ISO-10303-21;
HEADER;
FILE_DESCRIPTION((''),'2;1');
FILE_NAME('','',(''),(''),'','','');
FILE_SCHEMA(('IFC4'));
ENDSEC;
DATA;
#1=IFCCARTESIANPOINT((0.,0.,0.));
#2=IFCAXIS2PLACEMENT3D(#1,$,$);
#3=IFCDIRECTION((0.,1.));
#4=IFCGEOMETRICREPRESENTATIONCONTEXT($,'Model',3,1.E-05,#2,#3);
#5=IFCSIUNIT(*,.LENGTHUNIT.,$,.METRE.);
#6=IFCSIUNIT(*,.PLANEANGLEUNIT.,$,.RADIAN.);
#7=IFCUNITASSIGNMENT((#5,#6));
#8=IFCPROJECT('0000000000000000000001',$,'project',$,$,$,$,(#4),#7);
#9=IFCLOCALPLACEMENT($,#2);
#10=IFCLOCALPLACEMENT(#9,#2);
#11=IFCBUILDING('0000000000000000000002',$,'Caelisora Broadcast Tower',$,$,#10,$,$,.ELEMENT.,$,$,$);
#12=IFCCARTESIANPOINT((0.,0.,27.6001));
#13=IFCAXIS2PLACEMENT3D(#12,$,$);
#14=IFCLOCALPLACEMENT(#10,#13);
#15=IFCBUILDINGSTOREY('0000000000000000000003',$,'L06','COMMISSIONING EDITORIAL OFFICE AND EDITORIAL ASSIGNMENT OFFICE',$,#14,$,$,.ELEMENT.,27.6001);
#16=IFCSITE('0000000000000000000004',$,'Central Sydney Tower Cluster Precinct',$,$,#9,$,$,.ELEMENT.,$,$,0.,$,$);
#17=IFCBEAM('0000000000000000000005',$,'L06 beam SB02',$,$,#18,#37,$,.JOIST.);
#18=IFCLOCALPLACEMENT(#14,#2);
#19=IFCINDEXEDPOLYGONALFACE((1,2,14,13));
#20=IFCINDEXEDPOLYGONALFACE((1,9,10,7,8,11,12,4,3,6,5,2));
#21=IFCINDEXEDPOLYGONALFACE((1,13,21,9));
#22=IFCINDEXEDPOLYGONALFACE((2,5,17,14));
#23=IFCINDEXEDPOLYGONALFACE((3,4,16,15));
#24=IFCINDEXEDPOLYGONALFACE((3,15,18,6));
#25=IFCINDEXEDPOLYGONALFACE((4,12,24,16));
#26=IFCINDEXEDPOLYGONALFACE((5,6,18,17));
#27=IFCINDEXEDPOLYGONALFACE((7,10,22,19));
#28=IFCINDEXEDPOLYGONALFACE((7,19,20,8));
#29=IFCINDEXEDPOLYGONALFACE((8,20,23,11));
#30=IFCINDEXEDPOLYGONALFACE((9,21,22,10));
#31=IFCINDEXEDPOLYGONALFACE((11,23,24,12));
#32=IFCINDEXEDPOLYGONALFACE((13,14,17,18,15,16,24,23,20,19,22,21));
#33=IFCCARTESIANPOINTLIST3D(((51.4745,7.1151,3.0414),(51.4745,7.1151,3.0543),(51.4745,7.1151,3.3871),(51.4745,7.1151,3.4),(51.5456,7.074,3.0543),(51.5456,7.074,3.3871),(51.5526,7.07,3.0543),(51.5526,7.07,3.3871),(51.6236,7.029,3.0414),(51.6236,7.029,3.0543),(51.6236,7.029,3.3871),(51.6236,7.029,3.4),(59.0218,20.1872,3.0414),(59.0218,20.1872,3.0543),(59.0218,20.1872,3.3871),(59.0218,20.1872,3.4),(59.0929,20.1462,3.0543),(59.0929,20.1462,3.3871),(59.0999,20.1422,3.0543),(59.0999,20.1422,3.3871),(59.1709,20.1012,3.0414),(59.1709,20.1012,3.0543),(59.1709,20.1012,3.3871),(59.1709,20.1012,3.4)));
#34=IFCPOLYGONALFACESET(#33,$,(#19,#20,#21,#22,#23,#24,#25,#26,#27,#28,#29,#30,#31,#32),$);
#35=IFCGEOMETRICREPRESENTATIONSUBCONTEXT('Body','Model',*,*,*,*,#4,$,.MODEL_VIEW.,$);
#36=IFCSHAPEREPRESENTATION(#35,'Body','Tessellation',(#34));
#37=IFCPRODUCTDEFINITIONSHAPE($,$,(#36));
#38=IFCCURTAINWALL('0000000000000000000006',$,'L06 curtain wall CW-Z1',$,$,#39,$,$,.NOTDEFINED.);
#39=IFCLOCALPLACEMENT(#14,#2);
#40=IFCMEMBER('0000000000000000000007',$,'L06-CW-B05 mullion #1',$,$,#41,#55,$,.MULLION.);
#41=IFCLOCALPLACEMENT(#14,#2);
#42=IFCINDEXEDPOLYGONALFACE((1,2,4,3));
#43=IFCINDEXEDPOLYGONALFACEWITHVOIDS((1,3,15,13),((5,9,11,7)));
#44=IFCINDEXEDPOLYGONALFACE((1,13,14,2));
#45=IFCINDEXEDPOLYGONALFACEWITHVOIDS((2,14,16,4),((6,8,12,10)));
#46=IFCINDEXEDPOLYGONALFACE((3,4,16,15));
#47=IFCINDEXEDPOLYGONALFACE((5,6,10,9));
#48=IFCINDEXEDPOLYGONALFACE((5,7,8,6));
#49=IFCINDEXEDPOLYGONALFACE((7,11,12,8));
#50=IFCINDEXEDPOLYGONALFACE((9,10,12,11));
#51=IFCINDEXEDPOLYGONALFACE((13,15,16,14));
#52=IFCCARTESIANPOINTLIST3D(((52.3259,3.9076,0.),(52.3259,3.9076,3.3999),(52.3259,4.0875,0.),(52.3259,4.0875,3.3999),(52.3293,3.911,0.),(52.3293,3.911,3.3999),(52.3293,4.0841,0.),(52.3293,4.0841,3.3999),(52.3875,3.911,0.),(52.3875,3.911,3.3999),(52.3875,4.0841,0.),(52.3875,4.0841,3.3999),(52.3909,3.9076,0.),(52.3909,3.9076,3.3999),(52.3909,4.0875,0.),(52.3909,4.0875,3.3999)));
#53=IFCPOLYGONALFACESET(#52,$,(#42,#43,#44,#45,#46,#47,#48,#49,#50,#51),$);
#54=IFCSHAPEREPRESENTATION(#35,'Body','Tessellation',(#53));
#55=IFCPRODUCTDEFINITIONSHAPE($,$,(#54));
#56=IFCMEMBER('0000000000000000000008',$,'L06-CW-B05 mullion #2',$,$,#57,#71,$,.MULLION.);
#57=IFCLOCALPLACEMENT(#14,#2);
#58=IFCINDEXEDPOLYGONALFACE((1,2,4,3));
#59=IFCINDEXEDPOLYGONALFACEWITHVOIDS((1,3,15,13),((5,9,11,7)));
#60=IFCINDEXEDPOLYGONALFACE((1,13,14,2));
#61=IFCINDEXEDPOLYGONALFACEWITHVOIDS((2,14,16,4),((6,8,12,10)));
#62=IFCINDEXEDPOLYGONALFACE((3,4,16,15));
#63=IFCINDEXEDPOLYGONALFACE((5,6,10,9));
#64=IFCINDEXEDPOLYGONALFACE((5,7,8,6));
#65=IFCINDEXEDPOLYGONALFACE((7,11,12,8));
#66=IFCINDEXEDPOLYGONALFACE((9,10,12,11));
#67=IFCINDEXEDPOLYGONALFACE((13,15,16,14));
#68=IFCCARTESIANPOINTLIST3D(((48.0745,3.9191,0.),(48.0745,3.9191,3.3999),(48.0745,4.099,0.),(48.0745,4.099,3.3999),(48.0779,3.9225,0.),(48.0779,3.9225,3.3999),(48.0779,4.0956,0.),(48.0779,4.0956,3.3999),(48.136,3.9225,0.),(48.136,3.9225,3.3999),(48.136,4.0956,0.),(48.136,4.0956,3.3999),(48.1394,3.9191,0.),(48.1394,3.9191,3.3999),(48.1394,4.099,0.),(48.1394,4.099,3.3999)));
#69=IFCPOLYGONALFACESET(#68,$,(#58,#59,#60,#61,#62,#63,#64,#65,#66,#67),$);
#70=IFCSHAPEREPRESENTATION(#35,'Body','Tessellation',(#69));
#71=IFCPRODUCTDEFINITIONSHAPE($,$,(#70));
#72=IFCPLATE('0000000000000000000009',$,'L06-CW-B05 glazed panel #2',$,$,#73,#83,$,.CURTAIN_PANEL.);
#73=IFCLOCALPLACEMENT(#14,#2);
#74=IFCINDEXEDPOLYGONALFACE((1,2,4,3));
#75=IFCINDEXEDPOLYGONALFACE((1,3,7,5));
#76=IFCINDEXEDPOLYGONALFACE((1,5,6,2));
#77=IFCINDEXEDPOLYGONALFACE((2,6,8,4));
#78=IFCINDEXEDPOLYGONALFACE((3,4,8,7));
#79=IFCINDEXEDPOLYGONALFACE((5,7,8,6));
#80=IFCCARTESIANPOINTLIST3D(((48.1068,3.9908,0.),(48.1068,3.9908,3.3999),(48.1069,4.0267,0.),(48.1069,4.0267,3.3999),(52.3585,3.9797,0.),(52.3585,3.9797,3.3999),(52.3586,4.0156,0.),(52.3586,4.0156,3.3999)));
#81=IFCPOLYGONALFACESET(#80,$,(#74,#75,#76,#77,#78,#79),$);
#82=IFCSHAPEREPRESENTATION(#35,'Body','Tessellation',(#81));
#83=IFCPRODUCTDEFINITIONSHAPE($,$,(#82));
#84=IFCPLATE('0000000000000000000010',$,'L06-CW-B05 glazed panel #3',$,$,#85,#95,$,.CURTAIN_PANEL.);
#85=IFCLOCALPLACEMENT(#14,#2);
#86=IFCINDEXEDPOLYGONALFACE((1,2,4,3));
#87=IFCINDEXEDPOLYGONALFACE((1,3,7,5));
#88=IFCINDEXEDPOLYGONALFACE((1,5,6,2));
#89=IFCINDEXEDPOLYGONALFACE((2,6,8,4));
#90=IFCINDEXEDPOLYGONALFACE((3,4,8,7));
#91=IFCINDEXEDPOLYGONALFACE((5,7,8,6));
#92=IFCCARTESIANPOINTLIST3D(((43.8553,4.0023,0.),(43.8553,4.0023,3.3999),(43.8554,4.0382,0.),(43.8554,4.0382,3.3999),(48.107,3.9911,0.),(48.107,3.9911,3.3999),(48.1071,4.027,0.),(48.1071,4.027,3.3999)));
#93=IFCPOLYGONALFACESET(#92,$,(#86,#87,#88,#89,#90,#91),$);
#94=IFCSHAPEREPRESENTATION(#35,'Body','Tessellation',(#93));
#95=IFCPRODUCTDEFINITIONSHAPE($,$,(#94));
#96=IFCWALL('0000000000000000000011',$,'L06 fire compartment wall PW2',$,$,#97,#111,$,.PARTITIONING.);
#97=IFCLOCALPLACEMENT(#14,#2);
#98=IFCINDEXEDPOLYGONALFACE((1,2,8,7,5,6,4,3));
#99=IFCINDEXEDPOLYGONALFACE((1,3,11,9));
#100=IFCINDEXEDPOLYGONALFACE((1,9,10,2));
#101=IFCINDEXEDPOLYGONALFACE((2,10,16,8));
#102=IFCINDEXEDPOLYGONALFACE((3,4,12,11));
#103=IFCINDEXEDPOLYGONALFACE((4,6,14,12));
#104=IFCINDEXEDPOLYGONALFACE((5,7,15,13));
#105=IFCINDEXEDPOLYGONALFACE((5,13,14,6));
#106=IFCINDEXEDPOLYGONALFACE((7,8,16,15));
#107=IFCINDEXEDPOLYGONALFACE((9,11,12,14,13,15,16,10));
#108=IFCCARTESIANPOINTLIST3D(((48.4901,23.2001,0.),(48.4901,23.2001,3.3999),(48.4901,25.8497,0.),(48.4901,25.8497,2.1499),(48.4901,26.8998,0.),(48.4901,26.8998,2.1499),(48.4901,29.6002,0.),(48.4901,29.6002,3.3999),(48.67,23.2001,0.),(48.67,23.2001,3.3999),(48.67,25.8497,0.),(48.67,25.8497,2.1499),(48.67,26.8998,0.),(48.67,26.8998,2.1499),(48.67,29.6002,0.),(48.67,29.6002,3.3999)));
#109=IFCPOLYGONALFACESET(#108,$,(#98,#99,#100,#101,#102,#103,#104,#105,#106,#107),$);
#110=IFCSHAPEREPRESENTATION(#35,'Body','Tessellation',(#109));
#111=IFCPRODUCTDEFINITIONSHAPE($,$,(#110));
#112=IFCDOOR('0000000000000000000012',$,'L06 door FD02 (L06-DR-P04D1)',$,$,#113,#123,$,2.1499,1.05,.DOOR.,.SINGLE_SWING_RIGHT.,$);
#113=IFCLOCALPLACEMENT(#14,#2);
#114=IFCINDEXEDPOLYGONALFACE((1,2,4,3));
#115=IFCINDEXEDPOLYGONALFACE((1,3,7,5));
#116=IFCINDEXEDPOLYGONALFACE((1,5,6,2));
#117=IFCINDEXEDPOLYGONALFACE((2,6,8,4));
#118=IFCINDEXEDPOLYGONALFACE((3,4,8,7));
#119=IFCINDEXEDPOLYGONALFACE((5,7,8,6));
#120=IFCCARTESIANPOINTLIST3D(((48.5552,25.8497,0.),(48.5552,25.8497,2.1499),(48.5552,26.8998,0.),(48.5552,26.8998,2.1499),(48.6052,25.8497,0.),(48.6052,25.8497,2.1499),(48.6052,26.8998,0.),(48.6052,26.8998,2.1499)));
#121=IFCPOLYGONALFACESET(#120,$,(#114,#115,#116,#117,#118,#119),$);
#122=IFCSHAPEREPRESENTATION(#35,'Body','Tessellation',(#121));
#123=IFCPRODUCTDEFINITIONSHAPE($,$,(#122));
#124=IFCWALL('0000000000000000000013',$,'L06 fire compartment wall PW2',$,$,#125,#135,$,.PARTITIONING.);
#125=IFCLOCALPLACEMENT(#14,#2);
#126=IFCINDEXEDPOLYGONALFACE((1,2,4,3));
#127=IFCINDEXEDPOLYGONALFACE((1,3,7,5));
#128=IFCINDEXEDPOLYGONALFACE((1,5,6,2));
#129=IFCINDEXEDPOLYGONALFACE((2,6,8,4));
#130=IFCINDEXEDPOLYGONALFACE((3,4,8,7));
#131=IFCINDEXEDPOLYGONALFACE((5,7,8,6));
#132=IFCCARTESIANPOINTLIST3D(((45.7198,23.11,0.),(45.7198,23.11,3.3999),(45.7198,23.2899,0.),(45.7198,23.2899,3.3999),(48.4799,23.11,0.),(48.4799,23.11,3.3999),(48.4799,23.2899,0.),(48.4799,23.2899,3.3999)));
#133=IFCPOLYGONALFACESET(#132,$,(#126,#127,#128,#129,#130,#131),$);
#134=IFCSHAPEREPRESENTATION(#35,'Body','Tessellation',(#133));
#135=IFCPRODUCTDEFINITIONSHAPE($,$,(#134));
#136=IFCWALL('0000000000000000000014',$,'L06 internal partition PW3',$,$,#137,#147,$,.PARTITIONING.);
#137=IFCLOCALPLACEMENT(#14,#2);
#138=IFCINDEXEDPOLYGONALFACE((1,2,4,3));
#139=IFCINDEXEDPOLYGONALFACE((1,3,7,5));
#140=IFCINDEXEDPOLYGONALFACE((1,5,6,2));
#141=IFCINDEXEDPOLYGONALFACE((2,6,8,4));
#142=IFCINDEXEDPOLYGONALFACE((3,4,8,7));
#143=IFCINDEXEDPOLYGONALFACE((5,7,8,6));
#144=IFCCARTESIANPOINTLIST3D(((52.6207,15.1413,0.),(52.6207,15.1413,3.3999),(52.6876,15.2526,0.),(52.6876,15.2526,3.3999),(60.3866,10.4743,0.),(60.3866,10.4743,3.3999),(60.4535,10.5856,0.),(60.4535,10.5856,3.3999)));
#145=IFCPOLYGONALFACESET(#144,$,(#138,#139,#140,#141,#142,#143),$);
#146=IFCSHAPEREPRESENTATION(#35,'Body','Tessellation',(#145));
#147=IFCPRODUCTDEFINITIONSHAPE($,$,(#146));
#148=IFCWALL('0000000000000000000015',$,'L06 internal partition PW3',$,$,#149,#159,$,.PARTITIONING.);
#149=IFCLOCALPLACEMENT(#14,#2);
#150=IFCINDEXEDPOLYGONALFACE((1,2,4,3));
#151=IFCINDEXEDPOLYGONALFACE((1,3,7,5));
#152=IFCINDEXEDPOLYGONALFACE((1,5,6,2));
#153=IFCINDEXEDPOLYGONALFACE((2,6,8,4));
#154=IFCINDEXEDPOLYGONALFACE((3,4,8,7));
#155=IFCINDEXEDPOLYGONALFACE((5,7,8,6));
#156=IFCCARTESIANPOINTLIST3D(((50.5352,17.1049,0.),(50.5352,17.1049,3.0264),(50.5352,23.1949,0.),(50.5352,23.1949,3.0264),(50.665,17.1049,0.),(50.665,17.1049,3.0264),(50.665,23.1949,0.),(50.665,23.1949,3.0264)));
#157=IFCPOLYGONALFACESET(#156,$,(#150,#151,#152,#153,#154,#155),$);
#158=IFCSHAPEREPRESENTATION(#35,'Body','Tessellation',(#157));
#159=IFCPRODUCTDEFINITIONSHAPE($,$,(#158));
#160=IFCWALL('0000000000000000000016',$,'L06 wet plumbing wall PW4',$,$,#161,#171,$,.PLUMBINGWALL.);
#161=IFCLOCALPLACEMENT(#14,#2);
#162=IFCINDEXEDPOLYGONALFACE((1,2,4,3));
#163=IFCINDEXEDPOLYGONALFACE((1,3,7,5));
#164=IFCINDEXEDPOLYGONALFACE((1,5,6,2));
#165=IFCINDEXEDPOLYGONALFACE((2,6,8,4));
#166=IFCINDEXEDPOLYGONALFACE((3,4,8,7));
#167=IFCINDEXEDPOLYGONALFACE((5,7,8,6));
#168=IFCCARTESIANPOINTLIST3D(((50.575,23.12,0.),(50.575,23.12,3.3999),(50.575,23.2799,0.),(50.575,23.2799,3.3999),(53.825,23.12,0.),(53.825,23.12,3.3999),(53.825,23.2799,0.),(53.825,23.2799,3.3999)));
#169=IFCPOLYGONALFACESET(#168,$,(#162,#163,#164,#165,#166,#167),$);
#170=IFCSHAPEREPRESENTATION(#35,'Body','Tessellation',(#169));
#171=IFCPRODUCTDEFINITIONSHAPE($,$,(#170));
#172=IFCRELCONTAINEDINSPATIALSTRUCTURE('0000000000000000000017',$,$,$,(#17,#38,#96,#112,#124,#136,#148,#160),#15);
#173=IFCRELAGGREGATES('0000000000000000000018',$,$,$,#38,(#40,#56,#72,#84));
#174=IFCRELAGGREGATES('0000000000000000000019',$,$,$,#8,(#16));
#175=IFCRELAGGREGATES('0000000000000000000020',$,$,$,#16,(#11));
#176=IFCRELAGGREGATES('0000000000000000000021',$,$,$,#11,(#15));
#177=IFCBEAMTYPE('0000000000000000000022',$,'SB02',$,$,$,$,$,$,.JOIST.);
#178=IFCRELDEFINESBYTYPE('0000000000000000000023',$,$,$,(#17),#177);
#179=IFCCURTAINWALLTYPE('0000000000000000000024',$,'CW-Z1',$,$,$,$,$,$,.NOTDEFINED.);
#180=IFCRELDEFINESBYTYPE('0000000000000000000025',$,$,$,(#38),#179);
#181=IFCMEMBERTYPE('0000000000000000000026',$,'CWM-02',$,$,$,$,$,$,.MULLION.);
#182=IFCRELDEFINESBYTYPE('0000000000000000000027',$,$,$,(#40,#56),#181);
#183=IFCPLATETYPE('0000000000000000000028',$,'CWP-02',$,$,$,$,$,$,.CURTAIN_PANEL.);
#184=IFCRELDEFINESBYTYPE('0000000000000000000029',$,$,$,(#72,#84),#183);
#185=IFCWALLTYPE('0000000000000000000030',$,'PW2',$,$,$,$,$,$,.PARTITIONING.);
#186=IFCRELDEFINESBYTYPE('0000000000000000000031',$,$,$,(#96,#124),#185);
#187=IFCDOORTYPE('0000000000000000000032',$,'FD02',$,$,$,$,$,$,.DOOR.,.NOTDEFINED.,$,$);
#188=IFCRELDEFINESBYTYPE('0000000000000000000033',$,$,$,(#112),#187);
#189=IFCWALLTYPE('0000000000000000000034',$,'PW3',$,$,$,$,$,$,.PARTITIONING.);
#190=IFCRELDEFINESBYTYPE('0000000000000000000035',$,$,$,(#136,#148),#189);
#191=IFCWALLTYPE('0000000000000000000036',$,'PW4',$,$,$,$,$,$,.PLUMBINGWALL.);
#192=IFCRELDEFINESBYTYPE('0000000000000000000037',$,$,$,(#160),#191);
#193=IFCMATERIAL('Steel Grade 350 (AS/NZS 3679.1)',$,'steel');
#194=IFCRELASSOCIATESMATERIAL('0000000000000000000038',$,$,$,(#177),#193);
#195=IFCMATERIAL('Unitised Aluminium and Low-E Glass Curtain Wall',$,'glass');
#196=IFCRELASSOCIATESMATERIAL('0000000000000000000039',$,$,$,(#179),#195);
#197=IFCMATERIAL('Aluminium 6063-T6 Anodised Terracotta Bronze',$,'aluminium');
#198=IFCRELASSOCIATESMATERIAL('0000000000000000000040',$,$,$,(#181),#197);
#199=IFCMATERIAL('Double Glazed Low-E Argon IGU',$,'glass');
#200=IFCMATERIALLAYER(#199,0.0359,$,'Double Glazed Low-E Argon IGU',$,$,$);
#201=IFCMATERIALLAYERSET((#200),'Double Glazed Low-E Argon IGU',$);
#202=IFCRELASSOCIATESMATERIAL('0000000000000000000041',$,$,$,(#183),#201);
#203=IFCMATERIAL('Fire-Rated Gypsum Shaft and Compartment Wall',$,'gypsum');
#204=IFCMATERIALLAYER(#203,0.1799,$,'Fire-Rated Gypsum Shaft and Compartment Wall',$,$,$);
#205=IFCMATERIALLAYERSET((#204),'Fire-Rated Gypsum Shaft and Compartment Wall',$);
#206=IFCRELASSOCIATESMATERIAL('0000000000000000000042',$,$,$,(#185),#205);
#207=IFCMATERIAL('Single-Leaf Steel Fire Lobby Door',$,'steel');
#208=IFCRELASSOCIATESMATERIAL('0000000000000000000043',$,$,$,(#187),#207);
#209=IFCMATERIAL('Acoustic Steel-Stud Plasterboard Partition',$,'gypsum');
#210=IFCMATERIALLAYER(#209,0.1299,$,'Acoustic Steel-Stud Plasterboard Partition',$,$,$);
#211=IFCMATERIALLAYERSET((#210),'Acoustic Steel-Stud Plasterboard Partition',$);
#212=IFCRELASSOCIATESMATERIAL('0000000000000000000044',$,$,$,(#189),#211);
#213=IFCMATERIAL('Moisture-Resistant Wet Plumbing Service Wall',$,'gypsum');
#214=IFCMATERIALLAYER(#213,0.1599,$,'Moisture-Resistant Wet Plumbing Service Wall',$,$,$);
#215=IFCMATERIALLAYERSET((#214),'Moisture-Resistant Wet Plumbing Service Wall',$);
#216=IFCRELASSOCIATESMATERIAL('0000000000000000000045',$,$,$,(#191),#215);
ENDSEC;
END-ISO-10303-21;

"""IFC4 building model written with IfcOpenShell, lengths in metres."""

from ifc_helpers import new_model, si_unit, direction, frame, frame_2d, origin, origin_2d, place, context, subcontext, project, spatial, rectangle, hollow_rectangle, i_section, extrude, source, transform, mapped, material, layer, layer_set, material_profile, profile_set, type_object, type_shapes, element, fill, aggregate, save


model = new_model("IFC4")

# Units and contexts
model_context = context("Model", 3, precision=1e-05, world=origin(), true_north=direction((0.0, 1.0)))
body_context = subcontext(model_context, "Body", "Model", "MODEL_VIEW")
ifc_project = project(units=[si_unit("LENGTHUNIT", "METRE"), si_unit("PLANEANGLEUNIT", "RADIAN")], contexts=[model_context])

# Site, building, storey
site_placement = place(None, origin())
site = spatial("IfcSite", under=ifc_project, at=site_placement, Name="Central Sydney Tower Cluster Precinct", CompositionType="ELEMENT", RefElevation=0.0)
building_placement = place(site_placement, origin())
building = spatial("IfcBuilding", under=site, at=building_placement, Name="Caelisora Broadcast Tower", CompositionType="ELEMENT")
storey_placement = place(building_placement, frame((0.0, 0.0, 27.6001)))
storey = spatial("IfcBuildingStorey", under=building, at=storey_placement, Name="L06", Description="COMMISSIONING EDITORIAL OFFICE AND EDITORIAL ASSIGNMENT OFFICE", CompositionType="ELEMENT", Elevation=27.6001)

# Beam
ifc_material_1 = material(Name="Steel Grade 350 (AS/NZS 3679.1)", Category="steel")
ifc_material_profile_1 = material_profile(ifc_material_1, i_section(OverallWidth=0.1721, OverallDepth=0.3586, WebThickness=0.0081, FlangeThickness=0.0129, at=origin_2d()), Name="Steel Grade 350 (AS/NZS 3679.1)")
ifc_profile_set_1 = profile_set([ifc_material_profile_1], Name="Steel Grade 350 (AS/NZS 3679.1)")
beam_type_1 = type_object("IfcBeamType", Name="SB02", PredefinedType="JOIST", material=ifc_profile_set_1)
shared_shape_1 = source(origin(), body_context, "Body", "SweptSolid", [
    extrude(i_section(OverallWidth=0.1721, OverallDepth=0.3586, WebThickness=0.0081, FlangeThickness=0.0129, at=origin_2d()), origin(), (0.0, 0.0, 1.0), 15.0945),
])
beam_1_placement = place(storey_placement, frame((51.5491, 7.072, 3.2207), z_axis=(0.500004, 0.866023, 0.0), x_axis=(-0.866023, 0.500004, 0.0)))
element("IfcBeam", 1, at=beam_1_placement, inside=storey, type_object=beam_type_1, Name="L06 beam SB02", PredefinedType="JOIST", context=body_context, shape_type="MappedRepresentation", body=[
    mapped(shared_shape_1, transform((0.0, 0.0, 0.0), scale=1.0)),
])

# Curtain wall, members, plates
ifc_material_2 = material(Name="Unitised Aluminium and Low-E Glass Curtain Wall", Category="glass")
curtain_wall_type = type_object("IfcCurtainWallType", Name="CW-Z1", PredefinedType="NOTDEFINED", material=ifc_material_2)
curtain_wall_placement = place(storey_placement, origin())
curtain_wall = element("IfcCurtainWall", 2, at=curtain_wall_placement, inside=storey, type_object=curtain_wall_type, Name="L06 curtain wall CW-Z1", PredefinedType="NOTDEFINED")
ifc_material_3 = material(Name="Aluminium 6063-T6 Anodised Terracotta Bronze", Category="aluminium")
ifc_material_profile_2 = material_profile(ifc_material_3, hollow_rectangle(XDim=0.0649, YDim=0.1799, WallThickness=0.0034, at=origin_2d()), Name="Aluminium 6063-T6 Anodised Terracotta Bronze")
ifc_profile_set_2 = profile_set([ifc_material_profile_2], Name="Aluminium 6063-T6 Anodised Terracotta Bronze")
member_type = type_object("IfcMemberType", Name="CWM-02", PredefinedType="MULLION", material=ifc_profile_set_2)
shared_shape_2 = source(origin(), body_context, "Body", "SweptSolid", [
    extrude(hollow_rectangle(XDim=0.0649, YDim=0.1799, WallThickness=0.0034, at=origin_2d()), origin(), (0.0, 0.0, 1.0), 3.3999),
])
type_shapes(member_type, [shared_shape_2])
member_1_placement = place(storey_placement, frame((52.3584, 3.9976, 0.0), z_axis=(0.0, 0.0, 1.0), x_axis=(1.0, 0.0, 0.0)))
member_1 = element("IfcMember", 3, at=member_1_placement, type_object=member_type, Name="L06-CW-B05 mullion #1", PredefinedType="MULLION", context=body_context, shape_type="MappedRepresentation", body=[
    mapped(shared_shape_2, transform((0.0, 0.0, 0.0), scale=1.0)),
])
member_2_placement = place(storey_placement, frame((48.1069, 4.009, 0.0), z_axis=(0.0, 0.0, 1.0), x_axis=(1.0, 0.0, 0.0)))
member_2 = element("IfcMember", 4, at=member_2_placement, type_object=member_type, Name="L06-CW-B05 mullion #2", PredefinedType="MULLION", context=body_context, shape_type="MappedRepresentation", body=[
    mapped(shared_shape_2, transform((0.0, 0.0, 0.0), scale=1.0)),
])
ifc_material_4 = material(Name="Double Glazed Low-E Argon IGU", Category="glass")
ifc_layer_1 = layer(ifc_material_4, 0.0359, Name="Double Glazed Low-E Argon IGU")
ifc_layer_set_1 = layer_set([ifc_layer_1], Name="Double Glazed Low-E Argon IGU")
plate_type = type_object("IfcPlateType", Name="CWP-02", PredefinedType="CURTAIN_PANEL", material=ifc_layer_set_1)
shared_shape_3 = source(origin(), body_context, "Body", "SweptSolid", [
    extrude(rectangle(XDim=4.2517, YDim=0.0359, at=origin_2d()), origin(), (0.0, 0.0, 1.0), 3.3999),
])
type_shapes(plate_type, [shared_shape_3])
plate_1_placement = place(storey_placement, frame((50.2327, 4.0032, 0.0), z_axis=(0.0, 0.0, 1.0), x_axis=(-0.999997, 0.002618, 0.0)))
plate_1 = element("IfcPlate", 5, at=plate_1_placement, type_object=plate_type, Name="L06-CW-B05 glazed panel #2", PredefinedType="CURTAIN_PANEL", context=body_context, shape_type="MappedRepresentation", body=[
    mapped(shared_shape_3, transform((0.0, 0.0, 0.0), scale=1.0)),
])
plate_2_placement = place(storey_placement, frame((45.9812, 4.0146, 0.0), z_axis=(0.0, 0.0, 1.0), x_axis=(-0.999997, 0.002618, 0.0)))
plate_2 = element("IfcPlate", 6, at=plate_2_placement, type_object=plate_type, Name="L06-CW-B05 glazed panel #3", PredefinedType="CURTAIN_PANEL", context=body_context, shape_type="MappedRepresentation", body=[
    mapped(shared_shape_3, transform((0.0, 0.0, 0.0), scale=1.0)),
])
aggregate(curtain_wall, [member_1, member_2, plate_1, plate_2])

# Wall, opening, door
ifc_material_5 = material(Name="Fire-Rated Gypsum Shaft and Compartment Wall", Category="gypsum")
ifc_layer_2 = layer(ifc_material_5, 0.1799, Name="Fire-Rated Gypsum Shaft and Compartment Wall")
ifc_layer_set_2 = layer_set([ifc_layer_2], Name="Fire-Rated Gypsum Shaft and Compartment Wall")
wall_type_1 = type_object("IfcWallType", Name="PW2", PredefinedType="PARTITIONING", material=ifc_layer_set_2)
wall_1_placement = place(storey_placement, frame((48.5801, 23.2, 0.0), z_axis=(0.0, 0.0, 1.0), x_axis=(0.0, 1.0, 0.0)))
wall_1 = element("IfcWall", 7, at=wall_1_placement, inside=storey, type_object=wall_type_1, Name="L06 fire compartment wall PW2", PredefinedType="PARTITIONING", context=body_context, shape_type="SweptSolid", body=[
    extrude(rectangle(XDim=6.4001, YDim=0.1799, at=frame_2d((3.2002, 0.0))), origin(), (0.0, 0.0, 1.0), 3.3999),
])
opening_1_placement = place(wall_1_placement, frame((2.6499, 0.0, 0.0)))
opening_1 = element("IfcOpeningElement", 8, at=opening_1_placement, cuts=wall_1, PredefinedType="OPENING", context=body_context, shape_type="SweptSolid", body=[
    extrude(rectangle(XDim=1.05, YDim=2.1499, at=frame_2d((0.5249, 1.075))), frame((0.0, 0.1021, 0.0), z_axis=(0.0, -1.0, 0.0), x_axis=(1.0, 0.0, 0.0)), (0.0, 0.0, 1.0), 0.2039),
])
ifc_material_6 = material(Name="Single-Leaf Steel Fire Lobby Door", Category="steel")
door_type_1 = type_object("IfcDoorType", Name="FD02", OperationType="NOTDEFINED", PredefinedType="DOOR", material=ifc_material_6)
door_1_placement = place(opening_1_placement, origin())
door_1 = element("IfcDoor", 9, at=door_1_placement, inside=storey, type_object=door_type_1, Name="L06 door FD02 (L06-DR-P04D1)", OperationType="SINGLE_SWING_RIGHT", OverallHeight=2.1499, OverallWidth=1.05, PredefinedType="DOOR", context=body_context, shape_type="SweptSolid", body=[
    extrude(rectangle(XDim=1.05, YDim=2.1499, at=frame_2d((0.5249, 1.075))), frame((0.0, 0.0249, 0.0), z_axis=(0.0, -1.0, 0.0), x_axis=(1.0, 0.0, 0.0)), (0.0, 0.0, 1.0), 0.05),
])
fill(opening_1, door_1)

# Walls
wall_2_placement = place(storey_placement, frame((45.72, 23.2, 0.0), z_axis=(0.0, 0.0, 1.0), x_axis=(1.0, 0.0, 0.0)))
element("IfcWall", 10, at=wall_2_placement, inside=storey, type_object=wall_type_1, Name="L06 fire compartment wall PW2", PredefinedType="PARTITIONING", context=body_context, shape_type="SweptSolid", body=[
    extrude(rectangle(XDim=2.76, YDim=0.1799, at=frame_2d((1.3799, 0.0))), origin(), (0.0, 0.0, 1.0), 3.3999),
])
ifc_material_7 = material(Name="Acoustic Steel-Stud Plasterboard Partition", Category="gypsum")
ifc_layer_3 = layer(ifc_material_7, 0.1299, Name="Acoustic Steel-Stud Plasterboard Partition")
ifc_layer_set_3 = layer_set([ifc_layer_3], Name="Acoustic Steel-Stud Plasterboard Partition")
wall_type_2 = type_object("IfcWallType", Name="PW3", PredefinedType="PARTITIONING", material=ifc_layer_set_3)
wall_3_placement = place(storey_placement, frame((52.6541, 15.197, 0.0), z_axis=(0.0, 0.0, 1.0), x_axis=(0.857129, -0.515102, 0.0)))
element("IfcWall", 11, at=wall_3_placement, inside=storey, type_object=wall_type_2, Name="L06 internal partition PW3", PredefinedType="PARTITIONING", context=body_context, shape_type="SweptSolid", body=[
    extrude(rectangle(XDim=9.0603, YDim=0.1299, at=frame_2d((4.5303, 0.0))), origin(), (0.0, 0.0, 1.0), 3.3999),
])
wall_4_placement = place(storey_placement, frame((50.6001, 17.105, 0.0), z_axis=(0.0, 0.0, 1.0), x_axis=(0.0, 1.0, 0.0)))
element("IfcWall", 12, at=wall_4_placement, inside=storey, type_object=wall_type_2, Name="L06 internal partition PW3", PredefinedType="PARTITIONING", context=body_context, shape_type="SweptSolid", body=[
    extrude(rectangle(XDim=6.0901, YDim=0.1299, at=frame_2d((3.0449, 0.0))), origin(), (0.0, 0.0, 1.0), 3.0264),
])
ifc_material_8 = material(Name="Moisture-Resistant Wet Plumbing Service Wall", Category="gypsum")
ifc_layer_4 = layer(ifc_material_8, 0.1599, Name="Moisture-Resistant Wet Plumbing Service Wall")
ifc_layer_set_4 = layer_set([ifc_layer_4], Name="Moisture-Resistant Wet Plumbing Service Wall")
wall_type_3 = type_object("IfcWallType", Name="PW4", PredefinedType="PLUMBINGWALL", material=ifc_layer_set_4)
wall_5_placement = place(storey_placement, frame((50.575, 23.2, 0.0), z_axis=(0.0, 0.0, 1.0), x_axis=(1.0, 0.0, 0.0)))
element("IfcWall", 13, at=wall_5_placement, inside=storey, type_object=wall_type_3, Name="L06 wet plumbing wall PW4", PredefinedType="PLUMBINGWALL", context=body_context, shape_type="SweptSolid", body=[
    extrude(rectangle(XDim=3.25, YDim=0.1599, at=frame_2d((1.625, 0.0))), origin(), (0.0, 0.0, 1.0), 3.3999),
])

save(model, "model.ifc")
